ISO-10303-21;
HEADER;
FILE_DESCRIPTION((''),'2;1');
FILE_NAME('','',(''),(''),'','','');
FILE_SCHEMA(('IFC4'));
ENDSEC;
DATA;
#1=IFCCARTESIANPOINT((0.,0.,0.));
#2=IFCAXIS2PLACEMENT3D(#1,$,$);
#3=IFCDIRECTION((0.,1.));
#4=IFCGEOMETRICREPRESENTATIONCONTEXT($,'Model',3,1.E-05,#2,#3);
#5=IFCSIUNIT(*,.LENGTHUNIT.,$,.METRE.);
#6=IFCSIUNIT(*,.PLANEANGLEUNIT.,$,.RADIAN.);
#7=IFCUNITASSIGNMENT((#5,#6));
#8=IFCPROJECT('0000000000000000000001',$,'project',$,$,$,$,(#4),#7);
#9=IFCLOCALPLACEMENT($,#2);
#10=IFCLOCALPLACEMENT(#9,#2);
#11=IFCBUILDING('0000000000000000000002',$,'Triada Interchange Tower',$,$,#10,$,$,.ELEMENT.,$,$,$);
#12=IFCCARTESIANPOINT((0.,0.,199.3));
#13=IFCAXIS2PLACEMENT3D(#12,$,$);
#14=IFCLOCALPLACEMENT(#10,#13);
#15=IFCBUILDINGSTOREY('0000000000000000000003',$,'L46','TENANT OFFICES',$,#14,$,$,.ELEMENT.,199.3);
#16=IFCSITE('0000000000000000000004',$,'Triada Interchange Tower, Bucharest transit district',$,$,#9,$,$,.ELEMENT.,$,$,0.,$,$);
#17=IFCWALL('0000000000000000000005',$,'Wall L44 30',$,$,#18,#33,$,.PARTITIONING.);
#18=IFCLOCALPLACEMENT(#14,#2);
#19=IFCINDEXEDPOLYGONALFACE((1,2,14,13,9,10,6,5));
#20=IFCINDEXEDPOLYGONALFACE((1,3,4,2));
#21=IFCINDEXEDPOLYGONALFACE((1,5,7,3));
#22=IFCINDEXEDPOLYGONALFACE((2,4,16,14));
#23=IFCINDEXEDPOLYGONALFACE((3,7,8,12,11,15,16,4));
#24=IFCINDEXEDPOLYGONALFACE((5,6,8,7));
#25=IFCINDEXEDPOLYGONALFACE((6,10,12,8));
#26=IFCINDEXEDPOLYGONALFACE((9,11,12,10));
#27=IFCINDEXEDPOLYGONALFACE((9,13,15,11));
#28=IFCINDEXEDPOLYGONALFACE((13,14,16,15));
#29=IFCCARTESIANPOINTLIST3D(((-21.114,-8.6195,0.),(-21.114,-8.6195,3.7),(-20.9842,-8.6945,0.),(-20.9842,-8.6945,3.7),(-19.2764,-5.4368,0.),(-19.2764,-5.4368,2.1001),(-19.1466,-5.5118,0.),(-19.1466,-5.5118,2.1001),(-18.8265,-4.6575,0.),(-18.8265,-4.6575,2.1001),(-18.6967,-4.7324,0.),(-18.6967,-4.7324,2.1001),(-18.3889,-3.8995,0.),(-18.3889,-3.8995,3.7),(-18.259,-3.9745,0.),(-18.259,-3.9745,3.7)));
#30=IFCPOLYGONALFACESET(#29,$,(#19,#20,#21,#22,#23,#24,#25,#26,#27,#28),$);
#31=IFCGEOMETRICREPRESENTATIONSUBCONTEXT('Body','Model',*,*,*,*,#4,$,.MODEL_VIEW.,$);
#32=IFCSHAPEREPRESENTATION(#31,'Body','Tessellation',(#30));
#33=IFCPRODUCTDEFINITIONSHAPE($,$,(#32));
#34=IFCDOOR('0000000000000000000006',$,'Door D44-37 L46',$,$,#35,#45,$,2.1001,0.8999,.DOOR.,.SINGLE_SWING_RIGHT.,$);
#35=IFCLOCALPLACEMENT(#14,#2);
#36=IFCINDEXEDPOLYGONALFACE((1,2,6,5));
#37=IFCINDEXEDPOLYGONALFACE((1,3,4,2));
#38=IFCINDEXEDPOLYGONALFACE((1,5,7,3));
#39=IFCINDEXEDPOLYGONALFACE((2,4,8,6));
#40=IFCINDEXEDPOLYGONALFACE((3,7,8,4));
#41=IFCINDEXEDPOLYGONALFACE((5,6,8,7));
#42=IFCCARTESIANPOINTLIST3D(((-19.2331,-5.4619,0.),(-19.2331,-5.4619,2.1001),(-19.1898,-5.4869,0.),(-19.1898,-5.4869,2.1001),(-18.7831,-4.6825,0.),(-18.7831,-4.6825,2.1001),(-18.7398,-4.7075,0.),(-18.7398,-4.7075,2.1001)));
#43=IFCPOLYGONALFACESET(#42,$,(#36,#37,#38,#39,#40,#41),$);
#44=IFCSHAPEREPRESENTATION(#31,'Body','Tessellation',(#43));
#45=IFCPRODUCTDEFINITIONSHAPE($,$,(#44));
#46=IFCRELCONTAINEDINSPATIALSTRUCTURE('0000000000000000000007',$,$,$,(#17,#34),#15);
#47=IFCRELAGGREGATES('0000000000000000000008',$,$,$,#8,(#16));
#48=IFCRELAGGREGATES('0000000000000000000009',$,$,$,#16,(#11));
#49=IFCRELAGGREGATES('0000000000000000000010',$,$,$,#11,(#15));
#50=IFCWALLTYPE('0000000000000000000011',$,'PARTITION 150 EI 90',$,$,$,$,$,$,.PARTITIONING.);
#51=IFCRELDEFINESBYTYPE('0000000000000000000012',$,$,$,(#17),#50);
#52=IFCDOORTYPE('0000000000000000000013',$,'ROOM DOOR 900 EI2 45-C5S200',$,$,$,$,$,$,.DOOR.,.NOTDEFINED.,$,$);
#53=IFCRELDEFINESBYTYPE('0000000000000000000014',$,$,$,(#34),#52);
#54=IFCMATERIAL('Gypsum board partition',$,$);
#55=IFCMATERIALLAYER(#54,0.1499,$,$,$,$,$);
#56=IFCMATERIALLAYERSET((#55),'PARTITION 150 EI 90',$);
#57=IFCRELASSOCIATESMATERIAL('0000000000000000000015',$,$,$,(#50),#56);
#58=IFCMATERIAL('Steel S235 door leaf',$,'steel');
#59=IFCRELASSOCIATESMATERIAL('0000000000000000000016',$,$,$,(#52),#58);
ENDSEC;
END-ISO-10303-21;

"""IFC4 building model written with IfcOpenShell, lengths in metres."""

from ifc_helpers import new_model, si_unit, direction, frame, frame_2d, origin, place, context, subcontext, project, spatial, rectangle, extrude, material, layer, layer_set, type_object, element, fill, save


model = new_model("IFC4")

# Units and contexts
model_context = context("Model", 3, precision=1e-05, world=origin(), true_north=direction((0.0, 1.0)))
body_context = subcontext(model_context, "Body", "Model", "MODEL_VIEW")
ifc_project = project(units=[si_unit("LENGTHUNIT", "METRE"), si_unit("PLANEANGLEUNIT", "RADIAN")], contexts=[model_context])

# Site, building, storey
site_placement = place(None, origin())
site = spatial("IfcSite", under=ifc_project, at=site_placement, Name="Triada Interchange Tower, Bucharest transit district", CompositionType="ELEMENT", RefElevation=0.0)
building_placement = place(site_placement, origin())
building = spatial("IfcBuilding", under=site, at=building_placement, Name="Triada Interchange Tower", CompositionType="ELEMENT")
storey_placement = place(building_placement, frame((0.0, 0.0, 199.3)))
storey = spatial("IfcBuildingStorey", under=building, at=storey_placement, Name="L46", Description="TENANT OFFICES", CompositionType="ELEMENT", Elevation=199.3)

# Shared definitions
ifc_material_1 = material(Name="Gypsum board partition")
ifc_material_2 = material(Name="Steel S235 door leaf", Category="steel")

# Wall, opening, door
ifc_layer_1 = layer(ifc_material_1, 0.1499)
ifc_layer_set_1 = layer_set([ifc_layer_1], Name="PARTITION 150 EI 90")
wall_type_1 = type_object("IfcWallType", Name="PARTITION 150 EI 90", PredefinedType="PARTITIONING", material=ifc_layer_set_1)
wall_1_placement = place(storey_placement, frame((-21.0491, -8.657, 0.0), z_axis=(0.0, 0.0, 1.0), x_axis=(0.500003, 0.866024, 0.0)))
wall_1 = element("IfcWall", 1, at=wall_1_placement, inside=storey, type_object=wall_type_1, Name="Wall L44 30", PredefinedType="PARTITIONING", context=body_context, shape_type="SweptSolid", body=[
    extrude(rectangle(XDim=5.4502, YDim=0.1499, at=frame_2d((2.7251, 0.0))), origin(), (0.0, 0.0, 1.0), 3.7),
])
opening_1_placement = place(wall_1_placement, frame((3.675, 0.0, 0.0)))
opening_1 = element("IfcOpeningElement", 2, at=opening_1_placement, cuts=wall_1, PredefinedType="OPENING", context=body_context, shape_type="SweptSolid", body=[
    extrude(rectangle(XDim=0.8999, YDim=2.1001, at=frame_2d((0.45, 1.05))), frame((0.0, 0.085, 0.0), z_axis=(0.0, -1.0, 0.0), x_axis=(1.0, 0.0, 0.0)), (0.0, 0.0, 1.0), 0.1699),
])
door_type_1 = type_object("IfcDoorType", Name="ROOM DOOR 900 EI2 45-C5S200", OperationType="NOTDEFINED", PredefinedType="DOOR", material=ifc_material_2)
door_1_placement = place(opening_1_placement, origin())
door_1 = element("IfcDoor", 3, at=door_1_placement, inside=storey, type_object=door_type_1, Name="Door D44-37 L46", OperationType="SINGLE_SWING_RIGHT", OverallHeight=2.1001, OverallWidth=0.8999, PredefinedType="DOOR", context=body_context, shape_type="SweptSolid", body=[
    extrude(rectangle(XDim=0.8999, YDim=2.1001, at=frame_2d((0.45, 1.05))), frame((0.0, 0.0249, 0.0), z_axis=(0.0, -1.0, 0.0), x_axis=(1.0, 0.0, 0.0)), (0.0, 0.0, 1.0), 0.05),
])
fill(opening_1, door_1)

save(model, "model.ifc")
